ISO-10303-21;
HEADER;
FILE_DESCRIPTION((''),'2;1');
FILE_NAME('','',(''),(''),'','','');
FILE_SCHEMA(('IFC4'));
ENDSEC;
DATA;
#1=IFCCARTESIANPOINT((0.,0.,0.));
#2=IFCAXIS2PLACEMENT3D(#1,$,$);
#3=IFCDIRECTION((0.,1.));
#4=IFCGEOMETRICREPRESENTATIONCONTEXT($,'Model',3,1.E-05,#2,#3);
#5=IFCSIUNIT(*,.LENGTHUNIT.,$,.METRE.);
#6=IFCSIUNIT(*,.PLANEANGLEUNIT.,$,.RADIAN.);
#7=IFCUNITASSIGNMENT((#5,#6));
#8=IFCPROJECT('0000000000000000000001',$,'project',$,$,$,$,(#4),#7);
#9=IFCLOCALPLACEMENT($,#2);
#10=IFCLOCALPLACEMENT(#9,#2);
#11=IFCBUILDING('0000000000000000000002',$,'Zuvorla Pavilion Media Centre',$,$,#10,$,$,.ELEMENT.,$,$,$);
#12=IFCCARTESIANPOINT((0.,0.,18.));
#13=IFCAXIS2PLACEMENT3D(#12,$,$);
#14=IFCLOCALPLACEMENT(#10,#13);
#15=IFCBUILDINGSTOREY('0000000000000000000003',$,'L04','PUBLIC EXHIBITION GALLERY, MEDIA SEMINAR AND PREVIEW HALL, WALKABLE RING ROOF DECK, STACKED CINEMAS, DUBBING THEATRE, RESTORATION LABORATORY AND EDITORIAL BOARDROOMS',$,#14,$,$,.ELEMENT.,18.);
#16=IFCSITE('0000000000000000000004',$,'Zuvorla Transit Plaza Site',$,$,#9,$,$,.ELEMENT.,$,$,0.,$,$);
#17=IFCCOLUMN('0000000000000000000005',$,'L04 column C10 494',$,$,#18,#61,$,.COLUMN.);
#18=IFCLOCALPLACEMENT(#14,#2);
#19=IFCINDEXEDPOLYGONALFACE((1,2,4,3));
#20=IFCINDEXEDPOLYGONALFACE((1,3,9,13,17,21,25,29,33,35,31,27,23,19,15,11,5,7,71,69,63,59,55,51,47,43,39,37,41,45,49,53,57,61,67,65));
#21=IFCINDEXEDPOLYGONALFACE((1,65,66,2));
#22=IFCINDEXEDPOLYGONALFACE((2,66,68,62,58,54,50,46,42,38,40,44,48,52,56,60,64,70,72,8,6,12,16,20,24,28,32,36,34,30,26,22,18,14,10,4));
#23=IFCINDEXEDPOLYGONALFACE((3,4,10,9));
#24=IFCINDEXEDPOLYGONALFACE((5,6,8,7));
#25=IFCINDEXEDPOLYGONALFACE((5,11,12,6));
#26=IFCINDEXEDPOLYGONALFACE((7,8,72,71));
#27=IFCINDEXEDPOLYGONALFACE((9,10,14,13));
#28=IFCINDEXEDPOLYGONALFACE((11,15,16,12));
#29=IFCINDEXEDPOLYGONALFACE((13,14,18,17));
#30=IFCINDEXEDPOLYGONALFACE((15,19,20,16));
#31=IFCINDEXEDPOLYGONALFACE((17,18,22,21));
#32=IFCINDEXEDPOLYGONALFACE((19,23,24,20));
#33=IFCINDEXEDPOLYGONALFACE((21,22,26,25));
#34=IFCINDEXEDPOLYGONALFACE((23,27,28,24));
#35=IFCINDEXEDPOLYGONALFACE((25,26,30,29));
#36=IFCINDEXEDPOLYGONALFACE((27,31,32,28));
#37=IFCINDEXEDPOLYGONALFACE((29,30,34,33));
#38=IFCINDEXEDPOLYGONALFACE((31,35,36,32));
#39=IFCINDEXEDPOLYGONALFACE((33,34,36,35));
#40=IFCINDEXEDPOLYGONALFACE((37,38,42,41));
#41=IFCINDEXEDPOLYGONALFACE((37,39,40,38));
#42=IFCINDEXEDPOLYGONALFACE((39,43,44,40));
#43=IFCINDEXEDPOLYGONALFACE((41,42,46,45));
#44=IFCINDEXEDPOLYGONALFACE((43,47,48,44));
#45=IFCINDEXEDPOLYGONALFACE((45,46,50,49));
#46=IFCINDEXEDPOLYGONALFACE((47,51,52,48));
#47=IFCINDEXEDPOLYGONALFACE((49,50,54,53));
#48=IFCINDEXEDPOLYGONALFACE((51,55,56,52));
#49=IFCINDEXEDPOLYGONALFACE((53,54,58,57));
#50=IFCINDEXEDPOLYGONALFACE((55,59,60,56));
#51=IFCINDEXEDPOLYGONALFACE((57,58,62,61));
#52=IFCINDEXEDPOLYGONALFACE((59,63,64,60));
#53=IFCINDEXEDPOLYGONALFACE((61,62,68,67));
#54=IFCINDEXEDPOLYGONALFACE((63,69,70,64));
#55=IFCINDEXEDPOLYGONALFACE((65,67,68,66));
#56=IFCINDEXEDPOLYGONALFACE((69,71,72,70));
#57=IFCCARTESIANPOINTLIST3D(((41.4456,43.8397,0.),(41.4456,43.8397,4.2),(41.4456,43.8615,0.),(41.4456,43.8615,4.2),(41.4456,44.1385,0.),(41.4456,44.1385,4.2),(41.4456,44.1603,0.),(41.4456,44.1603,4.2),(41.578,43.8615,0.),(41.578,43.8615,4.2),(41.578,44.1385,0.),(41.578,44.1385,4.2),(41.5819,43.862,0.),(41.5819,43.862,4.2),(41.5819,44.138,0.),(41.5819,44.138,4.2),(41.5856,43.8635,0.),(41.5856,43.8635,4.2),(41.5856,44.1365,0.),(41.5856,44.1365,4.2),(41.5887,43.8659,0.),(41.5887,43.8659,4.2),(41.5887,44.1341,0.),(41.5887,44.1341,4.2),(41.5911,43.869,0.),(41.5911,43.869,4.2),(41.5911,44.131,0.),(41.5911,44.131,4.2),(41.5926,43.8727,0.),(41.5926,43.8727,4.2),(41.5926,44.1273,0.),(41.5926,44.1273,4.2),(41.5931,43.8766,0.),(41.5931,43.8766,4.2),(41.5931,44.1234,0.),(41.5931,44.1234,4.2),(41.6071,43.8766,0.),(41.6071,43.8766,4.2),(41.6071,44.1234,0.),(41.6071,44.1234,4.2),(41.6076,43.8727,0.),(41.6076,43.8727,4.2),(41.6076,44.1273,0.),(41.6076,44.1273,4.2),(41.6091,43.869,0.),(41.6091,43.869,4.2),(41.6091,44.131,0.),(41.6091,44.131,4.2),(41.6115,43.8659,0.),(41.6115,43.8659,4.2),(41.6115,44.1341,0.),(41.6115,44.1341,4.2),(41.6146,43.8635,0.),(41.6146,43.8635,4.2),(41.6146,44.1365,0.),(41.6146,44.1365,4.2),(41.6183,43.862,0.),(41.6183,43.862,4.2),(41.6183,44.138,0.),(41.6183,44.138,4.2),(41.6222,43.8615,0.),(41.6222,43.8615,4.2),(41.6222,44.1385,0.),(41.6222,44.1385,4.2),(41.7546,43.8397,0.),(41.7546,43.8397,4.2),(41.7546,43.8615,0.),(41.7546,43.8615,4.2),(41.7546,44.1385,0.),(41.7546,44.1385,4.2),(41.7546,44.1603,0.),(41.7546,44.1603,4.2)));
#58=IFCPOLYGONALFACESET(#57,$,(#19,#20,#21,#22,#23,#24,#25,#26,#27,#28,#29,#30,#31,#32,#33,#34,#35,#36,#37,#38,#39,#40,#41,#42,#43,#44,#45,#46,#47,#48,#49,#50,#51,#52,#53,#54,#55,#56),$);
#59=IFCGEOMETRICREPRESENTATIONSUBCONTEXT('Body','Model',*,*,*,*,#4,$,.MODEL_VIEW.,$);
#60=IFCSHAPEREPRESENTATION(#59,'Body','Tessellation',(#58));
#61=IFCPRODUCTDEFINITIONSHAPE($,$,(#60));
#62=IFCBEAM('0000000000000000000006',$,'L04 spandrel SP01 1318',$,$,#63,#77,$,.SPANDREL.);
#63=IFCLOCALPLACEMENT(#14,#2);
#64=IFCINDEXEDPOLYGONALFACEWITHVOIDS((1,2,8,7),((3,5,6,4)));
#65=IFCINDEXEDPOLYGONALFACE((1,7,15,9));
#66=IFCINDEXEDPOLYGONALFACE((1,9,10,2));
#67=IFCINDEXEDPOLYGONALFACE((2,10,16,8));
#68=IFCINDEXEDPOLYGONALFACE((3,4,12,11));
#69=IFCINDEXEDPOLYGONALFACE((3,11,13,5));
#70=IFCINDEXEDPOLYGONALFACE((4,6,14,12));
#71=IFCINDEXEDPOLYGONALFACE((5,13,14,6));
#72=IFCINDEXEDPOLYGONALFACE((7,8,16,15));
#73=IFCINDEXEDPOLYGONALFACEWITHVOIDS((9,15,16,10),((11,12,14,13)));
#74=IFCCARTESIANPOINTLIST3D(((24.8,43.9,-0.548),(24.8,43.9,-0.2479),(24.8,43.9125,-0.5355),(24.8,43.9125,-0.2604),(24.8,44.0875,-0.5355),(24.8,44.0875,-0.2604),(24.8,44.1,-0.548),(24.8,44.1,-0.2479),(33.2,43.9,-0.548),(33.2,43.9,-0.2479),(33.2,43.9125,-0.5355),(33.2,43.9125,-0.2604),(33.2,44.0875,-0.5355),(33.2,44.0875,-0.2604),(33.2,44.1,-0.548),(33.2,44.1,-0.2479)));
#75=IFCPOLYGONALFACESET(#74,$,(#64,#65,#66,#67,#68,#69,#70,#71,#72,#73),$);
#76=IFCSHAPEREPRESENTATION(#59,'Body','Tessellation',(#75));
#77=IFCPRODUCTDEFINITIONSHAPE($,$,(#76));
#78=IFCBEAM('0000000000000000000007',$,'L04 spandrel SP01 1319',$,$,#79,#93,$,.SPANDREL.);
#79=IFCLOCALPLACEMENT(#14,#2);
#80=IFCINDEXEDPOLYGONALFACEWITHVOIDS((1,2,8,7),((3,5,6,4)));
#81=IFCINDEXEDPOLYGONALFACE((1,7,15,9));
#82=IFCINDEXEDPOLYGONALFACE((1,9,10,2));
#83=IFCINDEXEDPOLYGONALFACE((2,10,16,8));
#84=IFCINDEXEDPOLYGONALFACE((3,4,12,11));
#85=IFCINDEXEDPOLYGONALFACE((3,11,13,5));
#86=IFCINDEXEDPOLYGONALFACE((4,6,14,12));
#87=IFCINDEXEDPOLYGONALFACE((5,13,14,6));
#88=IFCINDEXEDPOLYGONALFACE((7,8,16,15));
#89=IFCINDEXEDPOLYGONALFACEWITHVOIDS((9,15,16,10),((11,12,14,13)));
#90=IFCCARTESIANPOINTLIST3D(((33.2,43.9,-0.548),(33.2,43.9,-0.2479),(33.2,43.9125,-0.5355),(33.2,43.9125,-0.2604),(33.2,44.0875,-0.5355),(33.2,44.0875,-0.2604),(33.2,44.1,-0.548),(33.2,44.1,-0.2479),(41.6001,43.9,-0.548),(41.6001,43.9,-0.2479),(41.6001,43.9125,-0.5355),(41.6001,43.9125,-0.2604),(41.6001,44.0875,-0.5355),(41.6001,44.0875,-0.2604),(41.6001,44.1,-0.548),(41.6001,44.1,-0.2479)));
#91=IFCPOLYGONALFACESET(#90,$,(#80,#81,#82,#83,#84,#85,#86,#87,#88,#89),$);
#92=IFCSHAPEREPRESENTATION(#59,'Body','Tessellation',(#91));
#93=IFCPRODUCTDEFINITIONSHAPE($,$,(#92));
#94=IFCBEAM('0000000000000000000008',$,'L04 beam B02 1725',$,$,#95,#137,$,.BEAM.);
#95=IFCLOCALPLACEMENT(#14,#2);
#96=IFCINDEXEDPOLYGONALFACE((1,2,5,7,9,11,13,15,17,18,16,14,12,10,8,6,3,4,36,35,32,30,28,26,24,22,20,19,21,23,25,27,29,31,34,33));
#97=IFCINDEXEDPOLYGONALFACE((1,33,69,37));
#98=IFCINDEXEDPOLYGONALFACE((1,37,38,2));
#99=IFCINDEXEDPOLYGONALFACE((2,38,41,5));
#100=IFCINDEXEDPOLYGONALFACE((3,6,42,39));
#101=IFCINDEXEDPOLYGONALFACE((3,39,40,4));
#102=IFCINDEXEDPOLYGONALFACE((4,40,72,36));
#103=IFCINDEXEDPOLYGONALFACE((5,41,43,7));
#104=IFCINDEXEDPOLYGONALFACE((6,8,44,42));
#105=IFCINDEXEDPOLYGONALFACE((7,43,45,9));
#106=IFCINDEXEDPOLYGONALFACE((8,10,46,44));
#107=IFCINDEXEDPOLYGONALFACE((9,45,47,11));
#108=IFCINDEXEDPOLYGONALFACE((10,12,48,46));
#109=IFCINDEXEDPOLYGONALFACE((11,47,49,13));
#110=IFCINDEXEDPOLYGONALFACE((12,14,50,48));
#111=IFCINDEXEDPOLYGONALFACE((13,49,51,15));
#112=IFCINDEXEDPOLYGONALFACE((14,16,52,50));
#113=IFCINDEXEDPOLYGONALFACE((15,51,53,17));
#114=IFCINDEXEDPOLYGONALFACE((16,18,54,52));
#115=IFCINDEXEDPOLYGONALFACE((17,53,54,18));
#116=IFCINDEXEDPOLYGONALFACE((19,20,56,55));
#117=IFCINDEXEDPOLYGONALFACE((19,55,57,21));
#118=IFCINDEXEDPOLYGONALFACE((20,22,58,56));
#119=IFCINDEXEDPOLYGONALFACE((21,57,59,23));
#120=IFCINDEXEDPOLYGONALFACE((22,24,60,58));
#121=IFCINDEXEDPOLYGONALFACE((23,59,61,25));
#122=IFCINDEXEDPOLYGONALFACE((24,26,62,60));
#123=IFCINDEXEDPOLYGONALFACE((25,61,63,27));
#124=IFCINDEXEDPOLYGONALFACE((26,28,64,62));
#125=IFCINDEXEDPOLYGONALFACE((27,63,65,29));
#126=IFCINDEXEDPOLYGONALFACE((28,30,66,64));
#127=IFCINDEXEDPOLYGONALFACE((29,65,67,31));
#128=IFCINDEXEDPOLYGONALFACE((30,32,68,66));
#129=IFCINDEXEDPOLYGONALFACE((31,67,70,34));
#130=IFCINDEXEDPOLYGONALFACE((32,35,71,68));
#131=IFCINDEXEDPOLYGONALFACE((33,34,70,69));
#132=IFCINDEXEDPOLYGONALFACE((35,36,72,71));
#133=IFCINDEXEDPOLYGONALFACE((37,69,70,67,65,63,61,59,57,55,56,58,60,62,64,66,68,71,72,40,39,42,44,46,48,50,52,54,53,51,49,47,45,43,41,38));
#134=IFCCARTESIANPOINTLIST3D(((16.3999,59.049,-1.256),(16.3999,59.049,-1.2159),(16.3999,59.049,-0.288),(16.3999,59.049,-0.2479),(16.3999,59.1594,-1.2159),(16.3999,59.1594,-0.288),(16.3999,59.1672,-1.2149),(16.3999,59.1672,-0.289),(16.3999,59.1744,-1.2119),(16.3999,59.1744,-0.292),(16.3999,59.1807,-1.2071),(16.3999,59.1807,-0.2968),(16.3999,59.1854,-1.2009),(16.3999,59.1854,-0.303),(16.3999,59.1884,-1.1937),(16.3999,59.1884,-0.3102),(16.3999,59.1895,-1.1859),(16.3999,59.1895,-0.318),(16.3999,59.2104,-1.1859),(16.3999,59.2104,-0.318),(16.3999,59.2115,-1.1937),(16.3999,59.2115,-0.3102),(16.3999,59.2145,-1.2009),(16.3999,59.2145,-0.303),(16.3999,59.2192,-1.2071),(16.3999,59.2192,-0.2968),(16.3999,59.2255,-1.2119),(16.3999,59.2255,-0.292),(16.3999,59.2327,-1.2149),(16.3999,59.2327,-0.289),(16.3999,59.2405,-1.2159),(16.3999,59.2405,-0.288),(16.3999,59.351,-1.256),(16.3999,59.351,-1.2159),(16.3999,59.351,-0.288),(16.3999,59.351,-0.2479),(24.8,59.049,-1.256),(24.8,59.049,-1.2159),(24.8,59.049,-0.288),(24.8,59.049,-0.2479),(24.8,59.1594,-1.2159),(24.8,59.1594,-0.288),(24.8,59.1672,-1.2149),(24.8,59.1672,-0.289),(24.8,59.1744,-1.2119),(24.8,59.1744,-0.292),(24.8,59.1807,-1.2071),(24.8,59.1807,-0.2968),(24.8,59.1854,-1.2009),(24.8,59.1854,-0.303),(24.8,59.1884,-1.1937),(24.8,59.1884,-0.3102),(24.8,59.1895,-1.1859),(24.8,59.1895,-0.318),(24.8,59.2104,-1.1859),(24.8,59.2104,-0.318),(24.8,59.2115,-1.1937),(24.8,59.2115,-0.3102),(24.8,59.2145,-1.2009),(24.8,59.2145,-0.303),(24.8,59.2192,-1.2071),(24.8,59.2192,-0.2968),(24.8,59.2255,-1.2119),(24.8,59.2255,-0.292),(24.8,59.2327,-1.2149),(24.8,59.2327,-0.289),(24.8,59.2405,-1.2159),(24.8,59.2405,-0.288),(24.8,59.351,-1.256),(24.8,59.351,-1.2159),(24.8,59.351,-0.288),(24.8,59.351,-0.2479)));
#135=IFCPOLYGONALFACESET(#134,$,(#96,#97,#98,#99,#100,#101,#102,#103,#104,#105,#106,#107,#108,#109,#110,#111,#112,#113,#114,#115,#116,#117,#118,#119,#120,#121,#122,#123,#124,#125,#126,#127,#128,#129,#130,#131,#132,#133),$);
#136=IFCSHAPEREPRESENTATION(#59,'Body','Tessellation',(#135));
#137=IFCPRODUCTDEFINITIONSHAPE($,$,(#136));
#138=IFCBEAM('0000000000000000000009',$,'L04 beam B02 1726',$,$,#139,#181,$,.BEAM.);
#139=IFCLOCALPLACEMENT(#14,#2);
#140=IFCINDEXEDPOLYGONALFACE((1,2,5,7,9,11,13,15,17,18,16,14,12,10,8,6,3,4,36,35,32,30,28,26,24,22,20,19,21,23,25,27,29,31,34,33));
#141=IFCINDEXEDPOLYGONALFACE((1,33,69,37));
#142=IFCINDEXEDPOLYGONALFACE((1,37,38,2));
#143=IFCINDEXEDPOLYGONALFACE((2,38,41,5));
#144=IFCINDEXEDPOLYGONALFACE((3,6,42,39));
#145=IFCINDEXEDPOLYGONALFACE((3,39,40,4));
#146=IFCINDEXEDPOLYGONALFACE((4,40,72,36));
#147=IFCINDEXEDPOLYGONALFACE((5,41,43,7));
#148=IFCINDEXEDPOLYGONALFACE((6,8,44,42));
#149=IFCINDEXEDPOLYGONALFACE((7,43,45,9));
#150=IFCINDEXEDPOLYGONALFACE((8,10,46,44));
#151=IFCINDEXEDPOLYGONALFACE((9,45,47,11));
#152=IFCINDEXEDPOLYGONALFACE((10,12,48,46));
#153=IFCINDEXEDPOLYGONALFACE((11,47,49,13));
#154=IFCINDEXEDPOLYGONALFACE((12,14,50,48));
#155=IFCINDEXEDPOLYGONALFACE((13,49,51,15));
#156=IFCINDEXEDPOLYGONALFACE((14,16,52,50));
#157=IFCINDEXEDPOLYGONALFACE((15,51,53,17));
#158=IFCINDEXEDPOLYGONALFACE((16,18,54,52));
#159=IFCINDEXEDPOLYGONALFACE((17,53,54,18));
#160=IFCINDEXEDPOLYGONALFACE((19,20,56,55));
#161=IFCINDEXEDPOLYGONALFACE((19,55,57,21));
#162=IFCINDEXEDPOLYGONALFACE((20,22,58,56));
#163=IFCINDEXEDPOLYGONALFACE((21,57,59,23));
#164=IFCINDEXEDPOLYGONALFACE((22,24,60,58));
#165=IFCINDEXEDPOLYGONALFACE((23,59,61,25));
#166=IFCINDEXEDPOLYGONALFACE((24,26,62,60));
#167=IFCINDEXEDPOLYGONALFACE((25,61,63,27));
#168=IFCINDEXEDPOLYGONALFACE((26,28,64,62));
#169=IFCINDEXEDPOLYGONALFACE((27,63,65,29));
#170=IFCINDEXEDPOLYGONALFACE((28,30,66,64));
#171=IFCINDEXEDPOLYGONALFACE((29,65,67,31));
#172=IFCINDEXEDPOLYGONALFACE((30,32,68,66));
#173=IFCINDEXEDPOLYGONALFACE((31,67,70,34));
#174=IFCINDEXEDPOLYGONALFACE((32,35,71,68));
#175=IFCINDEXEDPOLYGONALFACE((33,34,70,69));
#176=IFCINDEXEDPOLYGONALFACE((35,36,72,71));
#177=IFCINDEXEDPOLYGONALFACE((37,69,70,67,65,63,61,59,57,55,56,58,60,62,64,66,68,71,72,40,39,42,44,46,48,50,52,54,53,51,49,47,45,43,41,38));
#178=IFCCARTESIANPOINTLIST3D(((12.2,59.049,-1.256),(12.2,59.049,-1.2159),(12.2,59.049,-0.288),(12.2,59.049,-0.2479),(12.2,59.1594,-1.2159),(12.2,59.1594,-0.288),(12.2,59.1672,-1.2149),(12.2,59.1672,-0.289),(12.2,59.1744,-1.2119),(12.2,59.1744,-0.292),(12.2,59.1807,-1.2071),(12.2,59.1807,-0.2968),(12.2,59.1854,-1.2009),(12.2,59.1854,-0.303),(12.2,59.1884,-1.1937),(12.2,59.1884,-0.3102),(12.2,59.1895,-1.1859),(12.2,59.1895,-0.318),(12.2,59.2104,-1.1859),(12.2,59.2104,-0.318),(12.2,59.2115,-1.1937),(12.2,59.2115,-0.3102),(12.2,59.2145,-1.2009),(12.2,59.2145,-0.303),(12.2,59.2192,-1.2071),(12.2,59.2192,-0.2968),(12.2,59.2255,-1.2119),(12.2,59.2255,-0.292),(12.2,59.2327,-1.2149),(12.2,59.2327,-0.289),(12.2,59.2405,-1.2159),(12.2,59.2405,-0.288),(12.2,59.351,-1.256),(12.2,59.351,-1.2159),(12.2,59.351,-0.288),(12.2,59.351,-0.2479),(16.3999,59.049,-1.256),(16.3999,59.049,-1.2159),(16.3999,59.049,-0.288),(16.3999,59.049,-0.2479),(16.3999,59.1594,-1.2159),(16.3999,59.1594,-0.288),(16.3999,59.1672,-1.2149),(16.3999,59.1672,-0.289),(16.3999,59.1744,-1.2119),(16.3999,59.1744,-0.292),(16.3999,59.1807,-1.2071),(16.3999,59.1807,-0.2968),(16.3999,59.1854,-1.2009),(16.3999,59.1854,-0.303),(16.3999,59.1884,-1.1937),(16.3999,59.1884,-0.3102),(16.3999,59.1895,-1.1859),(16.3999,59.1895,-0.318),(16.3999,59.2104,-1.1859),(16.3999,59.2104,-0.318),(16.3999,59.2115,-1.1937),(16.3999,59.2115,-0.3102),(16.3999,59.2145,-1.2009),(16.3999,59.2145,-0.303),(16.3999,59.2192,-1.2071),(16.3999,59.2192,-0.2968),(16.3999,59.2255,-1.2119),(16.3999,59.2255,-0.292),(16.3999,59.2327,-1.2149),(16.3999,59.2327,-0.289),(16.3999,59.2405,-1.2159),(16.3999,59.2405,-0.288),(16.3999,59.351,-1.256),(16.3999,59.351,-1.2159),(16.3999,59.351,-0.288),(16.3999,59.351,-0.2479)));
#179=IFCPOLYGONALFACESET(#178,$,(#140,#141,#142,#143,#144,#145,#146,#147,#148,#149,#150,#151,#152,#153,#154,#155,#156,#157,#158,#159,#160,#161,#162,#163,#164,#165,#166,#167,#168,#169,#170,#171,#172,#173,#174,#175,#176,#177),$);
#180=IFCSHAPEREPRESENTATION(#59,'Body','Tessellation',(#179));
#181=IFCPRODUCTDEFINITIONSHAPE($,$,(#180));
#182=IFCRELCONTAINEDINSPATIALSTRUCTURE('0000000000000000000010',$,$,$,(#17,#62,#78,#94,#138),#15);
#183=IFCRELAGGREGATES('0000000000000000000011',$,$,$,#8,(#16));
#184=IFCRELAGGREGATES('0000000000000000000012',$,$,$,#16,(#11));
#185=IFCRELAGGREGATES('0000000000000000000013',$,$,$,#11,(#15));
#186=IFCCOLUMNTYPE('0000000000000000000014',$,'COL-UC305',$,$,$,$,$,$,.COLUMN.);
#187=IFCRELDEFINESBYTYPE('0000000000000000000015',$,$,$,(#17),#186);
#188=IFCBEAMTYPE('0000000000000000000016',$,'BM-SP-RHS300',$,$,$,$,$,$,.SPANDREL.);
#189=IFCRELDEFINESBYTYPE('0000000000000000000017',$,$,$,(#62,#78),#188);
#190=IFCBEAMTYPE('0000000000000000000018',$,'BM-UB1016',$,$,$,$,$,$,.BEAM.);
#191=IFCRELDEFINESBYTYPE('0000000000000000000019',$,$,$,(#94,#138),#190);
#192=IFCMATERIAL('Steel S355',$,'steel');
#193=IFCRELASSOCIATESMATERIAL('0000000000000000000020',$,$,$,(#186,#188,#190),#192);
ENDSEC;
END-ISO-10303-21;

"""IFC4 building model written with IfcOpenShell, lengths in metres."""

from ifc_helpers import new_model, si_unit, direction, frame, origin, origin_2d, place, context, subcontext, project, spatial, hollow_rectangle, i_section, extrude, material, material_profile, profile_set, type_object, element, save


model = new_model("IFC4")

# Units and contexts
model_context = context("Model", 3, precision=1e-05, world=origin(), true_north=direction((0.0, 1.0)))
body_context = subcontext(model_context, "Body", "Model", "MODEL_VIEW")
ifc_project = project(units=[si_unit("LENGTHUNIT", "METRE"), si_unit("PLANEANGLEUNIT", "RADIAN")], contexts=[model_context])

# Site, building, storey
site_placement = place(None, origin())
site = spatial("IfcSite", under=ifc_project, at=site_placement, Name="Zuvorla Transit Plaza Site", CompositionType="ELEMENT", RefElevation=0.0)
building_placement = place(site_placement, origin())
building = spatial("IfcBuilding", under=site, at=building_placement, Name="Zuvorla Pavilion Media Centre", CompositionType="ELEMENT")
storey_placement = place(building_placement, frame((0.0, 0.0, 18.0)))
storey = spatial("IfcBuildingStorey", under=building, at=storey_placement, Name="L04", Description="PUBLIC EXHIBITION GALLERY, MEDIA SEMINAR AND PREVIEW HALL, WALKABLE RING ROOF DECK, STACKED CINEMAS, DUBBING THEATRE, RESTORATION LABORATORY AND EDITORIAL BOARDROOMS", CompositionType="ELEMENT", Elevation=18.0)

# Column
ifc_material_1 = material(Name="Steel S355", Category="steel")
ifc_material_profile_1 = material_profile(ifc_material_1, i_section(OverallWidth=0.3091, OverallDepth=0.3206, WebThickness=0.0139, FlangeThickness=0.0217, FilletRadius=0.0151, at=origin_2d()), Name="UC 305x305x137")
ifc_profile_set_1 = profile_set([ifc_material_profile_1], Name="Steel S355")
column_type = type_object("IfcColumnType", Name="COL-UC305", PredefinedType="COLUMN", material=ifc_profile_set_1)
column_placement = place(storey_placement, frame((41.6001, 44.0, 0.0), z_axis=(0.0, 0.0, 1.0), x_axis=(1.0, 0.0, 0.0)))
element("IfcColumn", 1, at=column_placement, inside=storey, type_object=column_type, Name="L04 column C10 494", PredefinedType="COLUMN", context=body_context, shape_type="SweptSolid", body=[
    extrude(i_section(OverallWidth=0.3091, OverallDepth=0.3206, WebThickness=0.0139, FlangeThickness=0.0217, FilletRadius=0.0151, at=origin_2d()), origin(), (0.0, 0.0, 1.0), 4.2),
])

# Beams
ifc_material_profile_2 = material_profile(ifc_material_1, hollow_rectangle(XDim=0.2, YDim=0.3, WallThickness=0.0125, at=origin_2d()), Name="RHS 300x200x12.5")
ifc_profile_set_2 = profile_set([ifc_material_profile_2], Name="Steel S355")
beam_type_1 = type_object("IfcBeamType", Name="BM-SP-RHS300", PredefinedType="SPANDREL", material=ifc_profile_set_2)
beam_1_placement = place(storey_placement, frame((24.8, 44.0, -0.3979), z_axis=(1.0, 0.0, 0.0), x_axis=(0.0, 1.0, 0.0)))
element("IfcBeam", 2, at=beam_1_placement, inside=storey, type_object=beam_type_1, Name="L04 spandrel SP01 1318", PredefinedType="SPANDREL", context=body_context, shape_type="SweptSolid", body=[
    extrude(hollow_rectangle(XDim=0.2, YDim=0.3, WallThickness=0.0125, at=origin_2d()), origin(), (0.0, 0.0, 1.0), 8.3999),
])
beam_2_placement = place(storey_placement, frame((33.2, 44.0, -0.3979), z_axis=(1.0, 0.0, 0.0), x_axis=(0.0, 1.0, 0.0)))
element("IfcBeam", 3, at=beam_2_placement, inside=storey, type_object=beam_type_1, Name="L04 spandrel SP01 1319", PredefinedType="SPANDREL", context=body_context, shape_type="SweptSolid", body=[
    extrude(hollow_rectangle(XDim=0.2, YDim=0.3, WallThickness=0.0125, at=origin_2d()), origin(), (0.0, 0.0, 1.0), 8.4001),
])
ifc_material_profile_3 = material_profile(ifc_material_1, i_section(OverallWidth=0.302, OverallDepth=1.0081, WebThickness=0.021, FlangeThickness=0.04, FilletRadius=0.03, at=origin_2d()), Name="UB 1016x305x349")
ifc_profile_set_3 = profile_set([ifc_material_profile_3], Name="Steel S355")
beam_type_2 = type_object("IfcBeamType", Name="BM-UB1016", PredefinedType="BEAM", material=ifc_profile_set_3)
beam_3_placement = place(storey_placement, frame((24.8, 59.2, -0.752), z_axis=(-1.0, 0.0, 0.0), x_axis=(0.0, -1.0, 0.0)))
element("IfcBeam", 4, at=beam_3_placement, inside=storey, type_object=beam_type_2, Name="L04 beam B02 1725", PredefinedType="BEAM", context=body_context, shape_type="SweptSolid", body=[
    extrude(i_section(OverallWidth=0.302, OverallDepth=1.0081, WebThickness=0.021, FlangeThickness=0.04, FilletRadius=0.03, at=origin_2d()), origin(), (0.0, 0.0, 1.0), 8.4001),
])
beam_4_placement = place(storey_placement, frame((16.3999, 59.2, -0.752), z_axis=(-1.0, 0.0, 0.0), x_axis=(0.0, -1.0, 0.0)))
element("IfcBeam", 5, at=beam_4_placement, inside=storey, type_object=beam_type_2, Name="L04 beam B02 1726", PredefinedType="BEAM", context=body_context, shape_type="SweptSolid", body=[
    extrude(i_section(OverallWidth=0.302, OverallDepth=1.0081, WebThickness=0.021, FlangeThickness=0.04, FilletRadius=0.03, at=origin_2d()), origin(), (0.0, 0.0, 1.0), 4.2),
])

save(model, "model.ifc")
